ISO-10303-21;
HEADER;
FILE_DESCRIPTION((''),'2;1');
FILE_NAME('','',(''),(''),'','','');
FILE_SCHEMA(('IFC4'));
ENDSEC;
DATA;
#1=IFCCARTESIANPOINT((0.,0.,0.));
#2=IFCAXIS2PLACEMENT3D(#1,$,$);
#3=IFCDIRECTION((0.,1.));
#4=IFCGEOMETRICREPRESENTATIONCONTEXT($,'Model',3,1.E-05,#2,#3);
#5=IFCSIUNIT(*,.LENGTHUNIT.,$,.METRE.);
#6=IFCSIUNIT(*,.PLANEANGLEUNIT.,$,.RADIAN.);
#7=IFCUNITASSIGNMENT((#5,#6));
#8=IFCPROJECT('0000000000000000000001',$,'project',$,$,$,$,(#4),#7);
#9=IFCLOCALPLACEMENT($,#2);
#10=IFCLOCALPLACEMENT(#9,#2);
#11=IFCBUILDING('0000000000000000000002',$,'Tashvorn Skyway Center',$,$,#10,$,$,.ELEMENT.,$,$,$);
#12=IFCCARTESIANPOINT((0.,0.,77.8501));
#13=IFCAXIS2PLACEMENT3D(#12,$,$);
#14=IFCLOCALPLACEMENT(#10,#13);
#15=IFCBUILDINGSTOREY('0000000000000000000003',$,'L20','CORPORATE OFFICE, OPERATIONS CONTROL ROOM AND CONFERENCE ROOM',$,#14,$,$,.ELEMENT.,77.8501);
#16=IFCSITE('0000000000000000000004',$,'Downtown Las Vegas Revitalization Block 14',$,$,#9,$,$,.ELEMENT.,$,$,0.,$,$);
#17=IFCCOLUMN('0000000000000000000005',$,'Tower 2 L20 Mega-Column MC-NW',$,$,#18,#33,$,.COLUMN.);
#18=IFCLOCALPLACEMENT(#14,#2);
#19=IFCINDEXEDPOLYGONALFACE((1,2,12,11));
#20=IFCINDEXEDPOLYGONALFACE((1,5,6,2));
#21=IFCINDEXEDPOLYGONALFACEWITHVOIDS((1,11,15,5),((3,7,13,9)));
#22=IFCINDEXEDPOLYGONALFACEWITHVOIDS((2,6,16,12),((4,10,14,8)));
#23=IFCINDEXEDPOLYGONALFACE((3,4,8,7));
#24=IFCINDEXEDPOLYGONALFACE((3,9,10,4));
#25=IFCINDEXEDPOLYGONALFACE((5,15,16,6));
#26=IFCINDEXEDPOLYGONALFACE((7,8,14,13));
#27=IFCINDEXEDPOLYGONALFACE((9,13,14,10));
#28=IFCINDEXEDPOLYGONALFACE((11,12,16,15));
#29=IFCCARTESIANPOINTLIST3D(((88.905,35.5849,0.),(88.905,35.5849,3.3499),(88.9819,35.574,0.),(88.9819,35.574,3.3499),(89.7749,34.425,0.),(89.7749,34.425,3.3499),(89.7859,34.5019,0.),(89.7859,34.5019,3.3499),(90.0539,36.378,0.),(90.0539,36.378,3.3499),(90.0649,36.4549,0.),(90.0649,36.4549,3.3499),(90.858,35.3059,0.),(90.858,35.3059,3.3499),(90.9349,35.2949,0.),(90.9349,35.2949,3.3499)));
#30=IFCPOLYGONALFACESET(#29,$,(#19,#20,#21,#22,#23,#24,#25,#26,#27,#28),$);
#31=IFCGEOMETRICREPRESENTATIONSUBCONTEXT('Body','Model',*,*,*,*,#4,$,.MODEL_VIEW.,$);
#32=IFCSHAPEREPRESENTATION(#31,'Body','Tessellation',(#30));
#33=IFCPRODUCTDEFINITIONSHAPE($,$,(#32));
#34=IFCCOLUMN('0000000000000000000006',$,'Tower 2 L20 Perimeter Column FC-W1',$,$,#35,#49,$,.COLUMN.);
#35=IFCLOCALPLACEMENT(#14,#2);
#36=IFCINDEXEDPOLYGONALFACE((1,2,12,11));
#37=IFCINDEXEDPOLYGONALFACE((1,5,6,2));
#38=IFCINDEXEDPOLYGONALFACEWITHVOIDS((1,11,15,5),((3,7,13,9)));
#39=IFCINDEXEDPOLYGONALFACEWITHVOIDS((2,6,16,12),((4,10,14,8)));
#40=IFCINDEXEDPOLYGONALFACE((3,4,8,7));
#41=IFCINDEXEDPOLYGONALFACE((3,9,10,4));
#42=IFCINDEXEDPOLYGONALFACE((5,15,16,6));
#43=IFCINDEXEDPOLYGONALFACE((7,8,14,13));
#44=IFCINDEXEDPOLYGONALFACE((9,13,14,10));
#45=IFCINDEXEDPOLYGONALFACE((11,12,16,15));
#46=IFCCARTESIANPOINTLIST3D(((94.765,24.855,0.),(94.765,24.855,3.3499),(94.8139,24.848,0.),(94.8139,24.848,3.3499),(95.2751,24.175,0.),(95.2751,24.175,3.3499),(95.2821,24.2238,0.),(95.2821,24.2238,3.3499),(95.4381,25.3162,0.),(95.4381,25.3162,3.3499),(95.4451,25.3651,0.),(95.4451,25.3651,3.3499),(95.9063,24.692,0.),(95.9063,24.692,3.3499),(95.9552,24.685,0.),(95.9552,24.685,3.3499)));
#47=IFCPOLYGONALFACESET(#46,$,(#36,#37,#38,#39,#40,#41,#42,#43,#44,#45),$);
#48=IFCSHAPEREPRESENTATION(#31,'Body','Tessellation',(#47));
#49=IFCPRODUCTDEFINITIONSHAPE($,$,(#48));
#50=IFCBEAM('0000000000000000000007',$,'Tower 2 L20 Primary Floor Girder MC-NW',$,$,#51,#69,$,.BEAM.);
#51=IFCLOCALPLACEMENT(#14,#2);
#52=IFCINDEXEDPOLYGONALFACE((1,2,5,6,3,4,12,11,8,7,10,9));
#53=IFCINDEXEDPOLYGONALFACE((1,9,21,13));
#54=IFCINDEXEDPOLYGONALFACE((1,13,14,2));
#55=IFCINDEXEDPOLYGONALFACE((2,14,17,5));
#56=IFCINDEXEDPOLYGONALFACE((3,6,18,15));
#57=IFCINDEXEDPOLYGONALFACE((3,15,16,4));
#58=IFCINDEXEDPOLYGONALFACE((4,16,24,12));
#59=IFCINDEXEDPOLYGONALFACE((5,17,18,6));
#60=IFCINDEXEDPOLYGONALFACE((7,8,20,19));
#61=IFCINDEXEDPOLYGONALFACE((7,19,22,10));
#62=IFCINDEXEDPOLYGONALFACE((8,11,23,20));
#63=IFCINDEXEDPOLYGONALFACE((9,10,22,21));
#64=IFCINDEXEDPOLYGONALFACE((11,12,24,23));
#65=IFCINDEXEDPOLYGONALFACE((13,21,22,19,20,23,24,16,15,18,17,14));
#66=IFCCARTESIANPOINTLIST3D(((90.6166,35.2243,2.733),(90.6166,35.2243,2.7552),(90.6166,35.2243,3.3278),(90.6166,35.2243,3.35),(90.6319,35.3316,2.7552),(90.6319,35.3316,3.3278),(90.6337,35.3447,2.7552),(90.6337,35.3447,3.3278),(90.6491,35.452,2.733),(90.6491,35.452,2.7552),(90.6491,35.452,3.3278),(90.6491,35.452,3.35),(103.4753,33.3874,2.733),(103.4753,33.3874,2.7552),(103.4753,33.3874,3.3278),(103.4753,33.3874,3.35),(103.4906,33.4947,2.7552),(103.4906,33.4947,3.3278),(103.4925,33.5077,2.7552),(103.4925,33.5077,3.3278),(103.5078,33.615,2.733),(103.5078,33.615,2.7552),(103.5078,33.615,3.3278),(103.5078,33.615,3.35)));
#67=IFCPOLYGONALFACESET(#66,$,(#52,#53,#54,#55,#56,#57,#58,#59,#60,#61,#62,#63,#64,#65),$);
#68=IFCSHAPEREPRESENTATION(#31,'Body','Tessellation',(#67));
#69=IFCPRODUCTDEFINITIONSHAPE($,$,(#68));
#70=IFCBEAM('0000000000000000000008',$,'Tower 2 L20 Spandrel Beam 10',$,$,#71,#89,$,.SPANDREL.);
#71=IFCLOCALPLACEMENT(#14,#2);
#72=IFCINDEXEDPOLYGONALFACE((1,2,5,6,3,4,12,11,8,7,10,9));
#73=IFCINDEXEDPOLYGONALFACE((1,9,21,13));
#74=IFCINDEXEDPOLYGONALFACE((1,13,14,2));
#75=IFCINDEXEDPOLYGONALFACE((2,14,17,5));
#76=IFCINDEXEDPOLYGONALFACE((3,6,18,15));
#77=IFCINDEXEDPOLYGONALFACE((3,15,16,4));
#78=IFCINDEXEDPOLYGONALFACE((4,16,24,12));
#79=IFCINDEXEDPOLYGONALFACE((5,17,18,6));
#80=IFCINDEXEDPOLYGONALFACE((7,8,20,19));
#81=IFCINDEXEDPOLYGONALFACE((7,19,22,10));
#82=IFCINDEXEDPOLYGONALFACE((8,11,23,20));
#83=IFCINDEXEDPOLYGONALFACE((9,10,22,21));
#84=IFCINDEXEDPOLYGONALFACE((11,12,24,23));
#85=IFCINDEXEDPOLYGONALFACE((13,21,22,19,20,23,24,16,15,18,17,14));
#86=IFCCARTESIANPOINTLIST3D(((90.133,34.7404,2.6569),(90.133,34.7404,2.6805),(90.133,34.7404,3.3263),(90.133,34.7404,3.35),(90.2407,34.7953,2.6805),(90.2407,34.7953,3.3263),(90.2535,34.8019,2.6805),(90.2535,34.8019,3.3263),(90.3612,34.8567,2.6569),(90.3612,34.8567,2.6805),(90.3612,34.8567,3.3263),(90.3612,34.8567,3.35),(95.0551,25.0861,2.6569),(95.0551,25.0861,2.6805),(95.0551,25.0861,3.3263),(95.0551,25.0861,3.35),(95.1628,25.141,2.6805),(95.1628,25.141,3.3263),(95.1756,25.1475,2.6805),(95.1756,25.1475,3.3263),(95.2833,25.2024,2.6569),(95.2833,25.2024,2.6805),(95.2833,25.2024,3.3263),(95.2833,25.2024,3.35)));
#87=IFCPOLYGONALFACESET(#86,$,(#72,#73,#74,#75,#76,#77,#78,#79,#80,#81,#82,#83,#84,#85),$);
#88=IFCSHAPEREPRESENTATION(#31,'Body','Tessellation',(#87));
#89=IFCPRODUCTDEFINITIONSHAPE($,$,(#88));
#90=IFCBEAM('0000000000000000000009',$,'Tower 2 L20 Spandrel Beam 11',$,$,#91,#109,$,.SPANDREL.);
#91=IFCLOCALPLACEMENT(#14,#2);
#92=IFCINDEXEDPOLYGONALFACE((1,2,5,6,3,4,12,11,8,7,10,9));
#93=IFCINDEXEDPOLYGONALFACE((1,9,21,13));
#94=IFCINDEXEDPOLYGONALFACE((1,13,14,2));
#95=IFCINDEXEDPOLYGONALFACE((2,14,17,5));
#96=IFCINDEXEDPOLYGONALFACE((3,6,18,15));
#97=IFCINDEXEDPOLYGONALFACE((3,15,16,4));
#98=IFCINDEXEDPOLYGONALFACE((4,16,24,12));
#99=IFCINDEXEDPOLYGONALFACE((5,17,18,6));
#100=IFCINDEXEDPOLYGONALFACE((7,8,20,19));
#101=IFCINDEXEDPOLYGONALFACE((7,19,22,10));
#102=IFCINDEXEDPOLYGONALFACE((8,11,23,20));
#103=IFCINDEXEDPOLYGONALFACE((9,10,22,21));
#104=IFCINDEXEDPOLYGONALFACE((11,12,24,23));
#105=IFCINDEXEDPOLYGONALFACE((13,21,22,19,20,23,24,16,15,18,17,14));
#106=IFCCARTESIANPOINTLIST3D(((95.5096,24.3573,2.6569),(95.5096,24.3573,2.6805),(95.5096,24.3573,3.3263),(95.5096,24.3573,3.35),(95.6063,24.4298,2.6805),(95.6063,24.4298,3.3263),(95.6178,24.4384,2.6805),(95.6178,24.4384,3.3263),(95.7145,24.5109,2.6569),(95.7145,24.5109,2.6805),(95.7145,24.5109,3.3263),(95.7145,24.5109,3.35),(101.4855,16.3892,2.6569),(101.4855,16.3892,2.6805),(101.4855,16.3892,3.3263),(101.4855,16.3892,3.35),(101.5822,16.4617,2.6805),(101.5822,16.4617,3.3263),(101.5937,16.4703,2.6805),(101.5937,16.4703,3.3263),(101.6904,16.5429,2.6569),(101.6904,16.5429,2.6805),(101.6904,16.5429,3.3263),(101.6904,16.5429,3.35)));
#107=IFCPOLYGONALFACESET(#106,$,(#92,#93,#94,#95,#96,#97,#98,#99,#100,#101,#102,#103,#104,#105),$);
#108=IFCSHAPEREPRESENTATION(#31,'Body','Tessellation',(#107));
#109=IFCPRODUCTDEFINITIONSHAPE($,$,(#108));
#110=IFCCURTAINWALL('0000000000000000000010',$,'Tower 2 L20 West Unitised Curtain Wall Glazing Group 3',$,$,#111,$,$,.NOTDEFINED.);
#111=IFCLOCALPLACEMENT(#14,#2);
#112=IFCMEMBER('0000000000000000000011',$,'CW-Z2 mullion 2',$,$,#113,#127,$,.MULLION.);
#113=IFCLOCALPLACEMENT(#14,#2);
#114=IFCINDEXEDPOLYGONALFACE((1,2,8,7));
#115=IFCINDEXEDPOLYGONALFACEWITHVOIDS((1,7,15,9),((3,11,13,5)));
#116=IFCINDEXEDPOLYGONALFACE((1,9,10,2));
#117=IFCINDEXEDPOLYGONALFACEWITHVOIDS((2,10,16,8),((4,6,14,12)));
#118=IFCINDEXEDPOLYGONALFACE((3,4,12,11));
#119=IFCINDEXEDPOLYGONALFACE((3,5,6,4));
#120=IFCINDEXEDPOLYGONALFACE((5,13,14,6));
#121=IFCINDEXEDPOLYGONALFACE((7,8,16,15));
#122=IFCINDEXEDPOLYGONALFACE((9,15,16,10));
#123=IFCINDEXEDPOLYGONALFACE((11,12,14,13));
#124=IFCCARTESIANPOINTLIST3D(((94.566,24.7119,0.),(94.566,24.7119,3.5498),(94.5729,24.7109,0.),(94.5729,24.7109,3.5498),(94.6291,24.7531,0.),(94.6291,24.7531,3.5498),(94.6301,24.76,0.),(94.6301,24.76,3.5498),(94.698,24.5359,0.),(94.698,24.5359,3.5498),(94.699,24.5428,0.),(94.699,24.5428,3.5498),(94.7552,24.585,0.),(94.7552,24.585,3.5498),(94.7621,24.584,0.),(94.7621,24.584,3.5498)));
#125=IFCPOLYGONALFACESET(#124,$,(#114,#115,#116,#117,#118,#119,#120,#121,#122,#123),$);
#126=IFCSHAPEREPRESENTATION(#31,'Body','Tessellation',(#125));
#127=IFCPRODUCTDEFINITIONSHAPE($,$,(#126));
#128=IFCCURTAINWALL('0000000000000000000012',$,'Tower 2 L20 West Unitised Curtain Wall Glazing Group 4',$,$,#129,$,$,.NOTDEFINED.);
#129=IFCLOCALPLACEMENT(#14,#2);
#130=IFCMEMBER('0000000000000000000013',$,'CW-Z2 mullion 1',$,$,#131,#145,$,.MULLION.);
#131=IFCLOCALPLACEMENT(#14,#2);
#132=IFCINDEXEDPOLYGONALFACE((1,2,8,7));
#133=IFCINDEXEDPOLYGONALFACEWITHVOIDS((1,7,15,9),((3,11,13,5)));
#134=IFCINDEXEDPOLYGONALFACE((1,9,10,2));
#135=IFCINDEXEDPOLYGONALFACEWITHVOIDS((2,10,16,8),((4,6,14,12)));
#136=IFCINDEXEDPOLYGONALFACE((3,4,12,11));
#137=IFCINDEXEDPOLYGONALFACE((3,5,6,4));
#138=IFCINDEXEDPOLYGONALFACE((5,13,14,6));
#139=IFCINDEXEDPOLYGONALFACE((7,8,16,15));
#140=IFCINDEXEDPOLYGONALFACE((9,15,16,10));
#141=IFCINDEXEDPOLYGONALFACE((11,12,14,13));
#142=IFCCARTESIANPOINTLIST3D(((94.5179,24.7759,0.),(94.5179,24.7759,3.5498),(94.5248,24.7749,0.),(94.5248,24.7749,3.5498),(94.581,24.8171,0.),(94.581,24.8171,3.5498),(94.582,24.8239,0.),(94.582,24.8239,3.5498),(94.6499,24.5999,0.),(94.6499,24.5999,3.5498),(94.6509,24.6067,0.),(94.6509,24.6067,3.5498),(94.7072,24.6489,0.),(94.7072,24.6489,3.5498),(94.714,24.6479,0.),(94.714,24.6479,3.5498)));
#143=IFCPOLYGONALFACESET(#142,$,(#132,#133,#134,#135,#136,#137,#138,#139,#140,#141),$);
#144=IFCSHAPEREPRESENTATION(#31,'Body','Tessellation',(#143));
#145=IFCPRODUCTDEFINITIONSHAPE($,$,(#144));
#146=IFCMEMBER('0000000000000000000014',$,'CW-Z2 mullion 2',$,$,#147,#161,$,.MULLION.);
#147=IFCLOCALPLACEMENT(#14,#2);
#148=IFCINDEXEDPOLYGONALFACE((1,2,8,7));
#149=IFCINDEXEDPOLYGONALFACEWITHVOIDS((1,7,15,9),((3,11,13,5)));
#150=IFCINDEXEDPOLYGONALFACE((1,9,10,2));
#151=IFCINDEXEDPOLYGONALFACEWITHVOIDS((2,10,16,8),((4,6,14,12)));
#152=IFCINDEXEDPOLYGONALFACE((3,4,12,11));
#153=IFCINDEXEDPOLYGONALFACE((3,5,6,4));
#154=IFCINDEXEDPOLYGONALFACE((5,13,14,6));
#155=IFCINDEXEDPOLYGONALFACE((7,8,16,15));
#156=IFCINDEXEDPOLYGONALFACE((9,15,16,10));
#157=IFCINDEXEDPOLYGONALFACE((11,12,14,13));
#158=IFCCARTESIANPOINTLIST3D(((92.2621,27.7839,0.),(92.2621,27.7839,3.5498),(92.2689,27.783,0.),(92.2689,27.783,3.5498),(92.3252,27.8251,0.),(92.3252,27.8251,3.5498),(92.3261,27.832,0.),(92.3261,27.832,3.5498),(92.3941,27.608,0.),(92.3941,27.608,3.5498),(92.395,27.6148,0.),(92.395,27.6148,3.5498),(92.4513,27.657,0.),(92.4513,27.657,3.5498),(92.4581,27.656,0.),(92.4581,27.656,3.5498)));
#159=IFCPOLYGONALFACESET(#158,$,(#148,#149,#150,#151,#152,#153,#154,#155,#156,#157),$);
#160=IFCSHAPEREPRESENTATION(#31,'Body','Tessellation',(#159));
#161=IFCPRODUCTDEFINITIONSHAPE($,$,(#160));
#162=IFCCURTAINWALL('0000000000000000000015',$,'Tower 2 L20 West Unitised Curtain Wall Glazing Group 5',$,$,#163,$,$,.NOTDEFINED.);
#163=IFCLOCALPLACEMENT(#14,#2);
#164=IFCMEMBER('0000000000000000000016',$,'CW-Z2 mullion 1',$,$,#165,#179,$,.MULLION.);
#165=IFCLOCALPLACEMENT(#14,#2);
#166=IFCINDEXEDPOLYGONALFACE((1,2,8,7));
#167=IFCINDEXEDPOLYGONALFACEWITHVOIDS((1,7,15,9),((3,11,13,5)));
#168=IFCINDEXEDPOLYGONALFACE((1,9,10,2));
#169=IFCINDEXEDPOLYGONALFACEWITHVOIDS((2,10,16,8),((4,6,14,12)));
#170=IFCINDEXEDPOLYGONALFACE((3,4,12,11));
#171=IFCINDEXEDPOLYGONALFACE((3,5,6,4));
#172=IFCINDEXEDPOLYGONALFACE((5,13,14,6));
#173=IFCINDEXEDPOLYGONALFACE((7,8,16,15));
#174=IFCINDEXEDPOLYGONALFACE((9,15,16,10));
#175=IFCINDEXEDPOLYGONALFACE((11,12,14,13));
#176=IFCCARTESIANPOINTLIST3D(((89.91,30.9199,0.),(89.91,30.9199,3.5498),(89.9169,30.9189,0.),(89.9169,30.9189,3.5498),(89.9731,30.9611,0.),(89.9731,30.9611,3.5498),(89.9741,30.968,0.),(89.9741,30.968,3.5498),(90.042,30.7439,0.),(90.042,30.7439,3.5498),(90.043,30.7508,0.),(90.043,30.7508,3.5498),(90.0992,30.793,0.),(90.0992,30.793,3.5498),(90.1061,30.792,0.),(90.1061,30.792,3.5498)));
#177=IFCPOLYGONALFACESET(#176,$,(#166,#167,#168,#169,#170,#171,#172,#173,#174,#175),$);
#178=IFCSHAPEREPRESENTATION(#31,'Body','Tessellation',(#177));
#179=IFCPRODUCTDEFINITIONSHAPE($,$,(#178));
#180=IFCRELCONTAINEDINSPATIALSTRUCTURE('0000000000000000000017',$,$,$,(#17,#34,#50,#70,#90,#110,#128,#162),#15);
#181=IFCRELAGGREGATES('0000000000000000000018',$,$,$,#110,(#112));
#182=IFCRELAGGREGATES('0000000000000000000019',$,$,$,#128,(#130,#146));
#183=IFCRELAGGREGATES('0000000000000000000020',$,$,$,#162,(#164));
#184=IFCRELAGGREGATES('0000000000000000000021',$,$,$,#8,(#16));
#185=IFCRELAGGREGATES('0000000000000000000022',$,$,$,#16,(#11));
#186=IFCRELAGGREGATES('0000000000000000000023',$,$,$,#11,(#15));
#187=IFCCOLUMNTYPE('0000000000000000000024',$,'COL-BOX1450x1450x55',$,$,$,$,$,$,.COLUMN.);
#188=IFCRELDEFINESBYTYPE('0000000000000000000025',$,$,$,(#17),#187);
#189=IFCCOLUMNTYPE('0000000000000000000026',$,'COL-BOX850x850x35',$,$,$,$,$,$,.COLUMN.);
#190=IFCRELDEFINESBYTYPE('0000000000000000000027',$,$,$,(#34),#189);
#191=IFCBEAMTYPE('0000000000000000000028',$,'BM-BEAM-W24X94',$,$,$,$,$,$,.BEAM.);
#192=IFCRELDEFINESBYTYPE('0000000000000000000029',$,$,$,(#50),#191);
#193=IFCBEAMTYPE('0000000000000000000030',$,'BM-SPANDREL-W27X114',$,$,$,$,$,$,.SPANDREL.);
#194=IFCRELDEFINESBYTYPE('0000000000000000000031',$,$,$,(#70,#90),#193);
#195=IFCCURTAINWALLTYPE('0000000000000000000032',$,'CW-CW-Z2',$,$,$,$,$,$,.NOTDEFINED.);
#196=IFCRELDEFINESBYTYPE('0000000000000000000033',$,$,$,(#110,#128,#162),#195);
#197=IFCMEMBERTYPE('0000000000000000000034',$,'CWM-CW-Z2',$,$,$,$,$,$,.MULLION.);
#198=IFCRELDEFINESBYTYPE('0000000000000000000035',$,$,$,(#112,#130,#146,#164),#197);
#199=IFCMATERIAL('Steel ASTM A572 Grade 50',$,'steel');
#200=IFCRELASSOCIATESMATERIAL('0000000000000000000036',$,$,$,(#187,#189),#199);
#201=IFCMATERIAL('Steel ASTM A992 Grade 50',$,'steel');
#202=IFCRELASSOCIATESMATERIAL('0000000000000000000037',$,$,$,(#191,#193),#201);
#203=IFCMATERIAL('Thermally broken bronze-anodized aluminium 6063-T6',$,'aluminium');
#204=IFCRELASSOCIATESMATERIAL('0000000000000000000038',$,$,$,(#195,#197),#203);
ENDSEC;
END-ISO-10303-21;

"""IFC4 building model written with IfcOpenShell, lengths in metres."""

from ifc_helpers import new_model, si_unit, direction, frame, origin, origin_2d, place, context, subcontext, project, spatial, hollow_rectangle, i_section, extrude, material, material_profile, profile_set, type_object, element, aggregate, save


model = new_model("IFC4")

# Units and contexts
model_context = context("Model", 3, precision=1e-05, world=origin(), true_north=direction((0.0, 1.0)))
body_context = subcontext(model_context, "Body", "Model", "MODEL_VIEW")
ifc_project = project(units=[si_unit("LENGTHUNIT", "METRE"), si_unit("PLANEANGLEUNIT", "RADIAN")], contexts=[model_context])

# Site, building, storey
site_placement = place(None, origin())
site = spatial("IfcSite", under=ifc_project, at=site_placement, Name="Downtown Las Vegas Revitalization Block 14", CompositionType="ELEMENT", RefElevation=0.0)
building_placement = place(site_placement, origin())
building = spatial("IfcBuilding", under=site, at=building_placement, Name="Tashvorn Skyway Center", CompositionType="ELEMENT")
storey_placement = place(building_placement, frame((0.0, 0.0, 77.8501)))
storey = spatial("IfcBuildingStorey", under=building, at=storey_placement, Name="L20", Description="CORPORATE OFFICE, OPERATIONS CONTROL ROOM AND CONFERENCE ROOM", CompositionType="ELEMENT", Elevation=77.8501)

# Columns
ifc_material_1 = material(Name="Steel ASTM A572 Grade 50", Category="steel")
ifc_material_profile_1 = material_profile(ifc_material_1, hollow_rectangle(XDim=1.45, YDim=1.45, WallThickness=0.0549, at=origin_2d()), Name="BOX1450x1450x55")
ifc_profile_set_1 = profile_set([ifc_material_profile_1], Name="Steel ASTM A572 Grade 50")
column_type_1 = type_object("IfcColumnType", Name="COL-BOX1450x1450x55", PredefinedType="COLUMN", material=ifc_profile_set_1)
column_1_placement = place(storey_placement, frame((89.9199, 35.4399, 0.0), z_axis=(0.0, 0.0, 1.0), x_axis=(0.8, 0.6, 0.0)))
element("IfcColumn", 1, at=column_1_placement, inside=storey, type_object=column_type_1, Name="Tower 2 L20 Mega-Column MC-NW", PredefinedType="COLUMN", context=body_context, shape_type="SweptSolid", body=[
    extrude(hollow_rectangle(XDim=1.45, YDim=1.45, WallThickness=0.0549, at=origin_2d()), origin(), (0.0, 0.0, 1.0), 3.3499),
])
ifc_material_profile_2 = material_profile(ifc_material_1, hollow_rectangle(XDim=0.8501, YDim=0.8501, WallThickness=0.0349, at=origin_2d()), Name="BOX850x850x35")
ifc_profile_set_2 = profile_set([ifc_material_profile_2], Name="Steel ASTM A572 Grade 50")
column_type_2 = type_object("IfcColumnType", Name="COL-BOX850x850x35", PredefinedType="COLUMN", material=ifc_profile_set_2)
column_2_placement = place(storey_placement, frame((95.3601, 24.77, 0.0), z_axis=(0.0, 0.0, 1.0), x_axis=(0.8, 0.6, 0.0)))
element("IfcColumn", 2, at=column_2_placement, inside=storey, type_object=column_type_2, Name="Tower 2 L20 Perimeter Column FC-W1", PredefinedType="COLUMN", context=body_context, shape_type="SweptSolid", body=[
    extrude(hollow_rectangle(XDim=0.8501, YDim=0.8501, WallThickness=0.0349, at=origin_2d()), origin(), (0.0, 0.0, 1.0), 3.3499),
])

# Beams
ifc_material_2 = material(Name="Steel ASTM A992 Grade 50", Category="steel")
ifc_material_profile_3 = material_profile(ifc_material_2, i_section(OverallWidth=0.23, OverallDepth=0.6169, WebThickness=0.0132, FlangeThickness=0.0222, at=origin_2d()), Name="W24X94")
ifc_profile_set_3 = profile_set([ifc_material_profile_3], Name="Steel ASTM A992 Grade 50")
beam_type_1 = type_object("IfcBeamType", Name="BM-BEAM-W24X94", PredefinedType="BEAM", material=ifc_profile_set_3)
beam_1_placement = place(storey_placement, frame((90.6328, 35.3381, 3.0415), z_axis=(0.98995, -0.141419, 0.0), x_axis=(0.141419, 0.98995, 0.0)))
element("IfcBeam", 3, at=beam_1_placement, inside=storey, type_object=beam_type_1, Name="Tower 2 L20 Primary Floor Girder MC-NW", PredefinedType="BEAM", context=body_context, shape_type="SweptSolid", body=[
    extrude(i_section(OverallWidth=0.23, OverallDepth=0.6169, WebThickness=0.0132, FlangeThickness=0.0222, at=origin_2d()), origin(), (0.0, 0.0, 1.0), 12.9893),
])
ifc_material_profile_4 = material_profile(ifc_material_2, i_section(OverallWidth=0.2561, OverallDepth=0.6931, WebThickness=0.0144, FlangeThickness=0.0237, at=origin_2d()), Name="W27X114")
ifc_profile_set_4 = profile_set([ifc_material_profile_4], Name="Steel ASTM A992 Grade 50")
beam_type_2 = type_object("IfcBeamType", Name="BM-SPANDREL-W27X114", PredefinedType="SPANDREL", material=ifc_profile_set_4)
beam_2_placement = place(storey_placement, frame((90.2471, 34.7986, 3.0034), z_axis=(0.454211, -0.890894, 0.0), x_axis=(0.890894, 0.454211, 0.0)))
element("IfcBeam", 4, at=beam_2_placement, inside=storey, type_object=beam_type_2, Name="Tower 2 L20 Spandrel Beam 10", PredefinedType="SPANDREL", context=body_context, shape_type="SweptSolid", body=[
    extrude(i_section(OverallWidth=0.2561, OverallDepth=0.6931, WebThickness=0.0144, FlangeThickness=0.0237, at=origin_2d()), origin(), (0.0, 0.0, 1.0), 10.8367),
])
beam_3_placement = place(storey_placement, frame((95.6121, 24.4341, 3.0034), z_axis=(0.599988, -0.800009, 0.0), x_axis=(0.800009, 0.599988, 0.0)))
element("IfcBeam", 5, at=beam_3_placement, inside=storey, type_object=beam_type_2, Name="Tower 2 L20 Spandrel Beam 11", PredefinedType="SPANDREL", context=body_context, shape_type="SweptSolid", body=[
    extrude(i_section(OverallWidth=0.2561, OverallDepth=0.6931, WebThickness=0.0144, FlangeThickness=0.0237, at=origin_2d()), origin(), (0.0, 0.0, 1.0), 9.96),
])

# Curtain wall, member
ifc_material_3 = material(Name="Thermally broken bronze-anodized aluminium 6063-T6", Category="aluminium")
curtain_wall_type = type_object("IfcCurtainWallType", Name="CW-CW-Z2", PredefinedType="NOTDEFINED", material=ifc_material_3)
curtain_wall_1_placement = place(storey_placement, origin())
curtain_wall_1 = element("IfcCurtainWall", 6, at=curtain_wall_1_placement, inside=storey, type_object=curtain_wall_type, Name="Tower 2 L20 West Unitised Curtain Wall Glazing Group 3", PredefinedType="NOTDEFINED")
ifc_material_profile_5 = material_profile(ifc_material_3, hollow_rectangle(XDim=0.0801, YDim=0.22, WallThickness=0.0049, at=origin_2d()), Name="ALU-MULL-80x220")
ifc_profile_set_5 = profile_set([ifc_material_profile_5], Name="Thermally broken bronze-anodized aluminium 6063-T6")
member_type_1 = type_object("IfcMemberType", Name="CWM-CW-Z2", PredefinedType="MULLION", material=ifc_profile_set_5)
member_1_placement = place(storey_placement, frame((94.6641, 24.6479, 0.0), z_axis=(0.0, 0.0, 1.0), x_axis=(-0.8, -0.6, 0.0)))
member_1 = element("IfcMember", 7, at=member_1_placement, type_object=member_type_1, Name="CW-Z2 mullion 2", PredefinedType="MULLION", context=body_context, shape_type="SweptSolid", body=[
    extrude(hollow_rectangle(XDim=0.0801, YDim=0.22, WallThickness=0.0049, at=origin_2d()), origin(), (0.0, 0.0, 1.0), 3.5498),
])
aggregate(curtain_wall_1, [member_1])

# Curtain walls, members
curtain_wall_2_placement = place(storey_placement, origin())
curtain_wall_2 = element("IfcCurtainWall", 8, at=curtain_wall_2_placement, inside=storey, type_object=curtain_wall_type, Name="Tower 2 L20 West Unitised Curtain Wall Glazing Group 4", PredefinedType="NOTDEFINED")
member_2_placement = place(storey_placement, frame((94.616, 24.7119, 0.0), z_axis=(0.0, 0.0, 1.0), x_axis=(-0.8, -0.6, 0.0)))
member_2 = element("IfcMember", 9, at=member_2_placement, type_object=member_type_1, Name="CW-Z2 mullion 1", PredefinedType="MULLION", context=body_context, shape_type="SweptSolid", body=[
    extrude(hollow_rectangle(XDim=0.0801, YDim=0.22, WallThickness=0.0049, at=origin_2d()), origin(), (0.0, 0.0, 1.0), 3.5498),
])
member_3_placement = place(storey_placement, frame((92.3601, 27.72, 0.0), z_axis=(0.0, 0.0, 1.0), x_axis=(-0.8, -0.6, 0.0)))
member_3 = element("IfcMember", 10, at=member_3_placement, type_object=member_type_1, Name="CW-Z2 mullion 2", PredefinedType="MULLION", context=body_context, shape_type="SweptSolid", body=[
    extrude(hollow_rectangle(XDim=0.0801, YDim=0.22, WallThickness=0.0049, at=origin_2d()), origin(), (0.0, 0.0, 1.0), 3.5498),
])
curtain_wall_3_placement = place(storey_placement, origin())
curtain_wall_3 = element("IfcCurtainWall", 11, at=curtain_wall_3_placement, inside=storey, type_object=curtain_wall_type, Name="Tower 2 L20 West Unitised Curtain Wall Glazing Group 5", PredefinedType="NOTDEFINED")
member_4_placement = place(storey_placement, frame((90.0081, 30.856, 0.0), z_axis=(0.0, 0.0, 1.0), x_axis=(-0.8, -0.6, 0.0)))
member_4 = element("IfcMember", 12, at=member_4_placement, type_object=member_type_1, Name="CW-Z2 mullion 1", PredefinedType="MULLION", context=body_context, shape_type="SweptSolid", body=[
    extrude(hollow_rectangle(XDim=0.0801, YDim=0.22, WallThickness=0.0049, at=origin_2d()), origin(), (0.0, 0.0, 1.0), 3.5498),
])

aggregate(curtain_wall_2, [member_2, member_3])
aggregate(curtain_wall_3, [member_4])

save(model, "model.ifc")
